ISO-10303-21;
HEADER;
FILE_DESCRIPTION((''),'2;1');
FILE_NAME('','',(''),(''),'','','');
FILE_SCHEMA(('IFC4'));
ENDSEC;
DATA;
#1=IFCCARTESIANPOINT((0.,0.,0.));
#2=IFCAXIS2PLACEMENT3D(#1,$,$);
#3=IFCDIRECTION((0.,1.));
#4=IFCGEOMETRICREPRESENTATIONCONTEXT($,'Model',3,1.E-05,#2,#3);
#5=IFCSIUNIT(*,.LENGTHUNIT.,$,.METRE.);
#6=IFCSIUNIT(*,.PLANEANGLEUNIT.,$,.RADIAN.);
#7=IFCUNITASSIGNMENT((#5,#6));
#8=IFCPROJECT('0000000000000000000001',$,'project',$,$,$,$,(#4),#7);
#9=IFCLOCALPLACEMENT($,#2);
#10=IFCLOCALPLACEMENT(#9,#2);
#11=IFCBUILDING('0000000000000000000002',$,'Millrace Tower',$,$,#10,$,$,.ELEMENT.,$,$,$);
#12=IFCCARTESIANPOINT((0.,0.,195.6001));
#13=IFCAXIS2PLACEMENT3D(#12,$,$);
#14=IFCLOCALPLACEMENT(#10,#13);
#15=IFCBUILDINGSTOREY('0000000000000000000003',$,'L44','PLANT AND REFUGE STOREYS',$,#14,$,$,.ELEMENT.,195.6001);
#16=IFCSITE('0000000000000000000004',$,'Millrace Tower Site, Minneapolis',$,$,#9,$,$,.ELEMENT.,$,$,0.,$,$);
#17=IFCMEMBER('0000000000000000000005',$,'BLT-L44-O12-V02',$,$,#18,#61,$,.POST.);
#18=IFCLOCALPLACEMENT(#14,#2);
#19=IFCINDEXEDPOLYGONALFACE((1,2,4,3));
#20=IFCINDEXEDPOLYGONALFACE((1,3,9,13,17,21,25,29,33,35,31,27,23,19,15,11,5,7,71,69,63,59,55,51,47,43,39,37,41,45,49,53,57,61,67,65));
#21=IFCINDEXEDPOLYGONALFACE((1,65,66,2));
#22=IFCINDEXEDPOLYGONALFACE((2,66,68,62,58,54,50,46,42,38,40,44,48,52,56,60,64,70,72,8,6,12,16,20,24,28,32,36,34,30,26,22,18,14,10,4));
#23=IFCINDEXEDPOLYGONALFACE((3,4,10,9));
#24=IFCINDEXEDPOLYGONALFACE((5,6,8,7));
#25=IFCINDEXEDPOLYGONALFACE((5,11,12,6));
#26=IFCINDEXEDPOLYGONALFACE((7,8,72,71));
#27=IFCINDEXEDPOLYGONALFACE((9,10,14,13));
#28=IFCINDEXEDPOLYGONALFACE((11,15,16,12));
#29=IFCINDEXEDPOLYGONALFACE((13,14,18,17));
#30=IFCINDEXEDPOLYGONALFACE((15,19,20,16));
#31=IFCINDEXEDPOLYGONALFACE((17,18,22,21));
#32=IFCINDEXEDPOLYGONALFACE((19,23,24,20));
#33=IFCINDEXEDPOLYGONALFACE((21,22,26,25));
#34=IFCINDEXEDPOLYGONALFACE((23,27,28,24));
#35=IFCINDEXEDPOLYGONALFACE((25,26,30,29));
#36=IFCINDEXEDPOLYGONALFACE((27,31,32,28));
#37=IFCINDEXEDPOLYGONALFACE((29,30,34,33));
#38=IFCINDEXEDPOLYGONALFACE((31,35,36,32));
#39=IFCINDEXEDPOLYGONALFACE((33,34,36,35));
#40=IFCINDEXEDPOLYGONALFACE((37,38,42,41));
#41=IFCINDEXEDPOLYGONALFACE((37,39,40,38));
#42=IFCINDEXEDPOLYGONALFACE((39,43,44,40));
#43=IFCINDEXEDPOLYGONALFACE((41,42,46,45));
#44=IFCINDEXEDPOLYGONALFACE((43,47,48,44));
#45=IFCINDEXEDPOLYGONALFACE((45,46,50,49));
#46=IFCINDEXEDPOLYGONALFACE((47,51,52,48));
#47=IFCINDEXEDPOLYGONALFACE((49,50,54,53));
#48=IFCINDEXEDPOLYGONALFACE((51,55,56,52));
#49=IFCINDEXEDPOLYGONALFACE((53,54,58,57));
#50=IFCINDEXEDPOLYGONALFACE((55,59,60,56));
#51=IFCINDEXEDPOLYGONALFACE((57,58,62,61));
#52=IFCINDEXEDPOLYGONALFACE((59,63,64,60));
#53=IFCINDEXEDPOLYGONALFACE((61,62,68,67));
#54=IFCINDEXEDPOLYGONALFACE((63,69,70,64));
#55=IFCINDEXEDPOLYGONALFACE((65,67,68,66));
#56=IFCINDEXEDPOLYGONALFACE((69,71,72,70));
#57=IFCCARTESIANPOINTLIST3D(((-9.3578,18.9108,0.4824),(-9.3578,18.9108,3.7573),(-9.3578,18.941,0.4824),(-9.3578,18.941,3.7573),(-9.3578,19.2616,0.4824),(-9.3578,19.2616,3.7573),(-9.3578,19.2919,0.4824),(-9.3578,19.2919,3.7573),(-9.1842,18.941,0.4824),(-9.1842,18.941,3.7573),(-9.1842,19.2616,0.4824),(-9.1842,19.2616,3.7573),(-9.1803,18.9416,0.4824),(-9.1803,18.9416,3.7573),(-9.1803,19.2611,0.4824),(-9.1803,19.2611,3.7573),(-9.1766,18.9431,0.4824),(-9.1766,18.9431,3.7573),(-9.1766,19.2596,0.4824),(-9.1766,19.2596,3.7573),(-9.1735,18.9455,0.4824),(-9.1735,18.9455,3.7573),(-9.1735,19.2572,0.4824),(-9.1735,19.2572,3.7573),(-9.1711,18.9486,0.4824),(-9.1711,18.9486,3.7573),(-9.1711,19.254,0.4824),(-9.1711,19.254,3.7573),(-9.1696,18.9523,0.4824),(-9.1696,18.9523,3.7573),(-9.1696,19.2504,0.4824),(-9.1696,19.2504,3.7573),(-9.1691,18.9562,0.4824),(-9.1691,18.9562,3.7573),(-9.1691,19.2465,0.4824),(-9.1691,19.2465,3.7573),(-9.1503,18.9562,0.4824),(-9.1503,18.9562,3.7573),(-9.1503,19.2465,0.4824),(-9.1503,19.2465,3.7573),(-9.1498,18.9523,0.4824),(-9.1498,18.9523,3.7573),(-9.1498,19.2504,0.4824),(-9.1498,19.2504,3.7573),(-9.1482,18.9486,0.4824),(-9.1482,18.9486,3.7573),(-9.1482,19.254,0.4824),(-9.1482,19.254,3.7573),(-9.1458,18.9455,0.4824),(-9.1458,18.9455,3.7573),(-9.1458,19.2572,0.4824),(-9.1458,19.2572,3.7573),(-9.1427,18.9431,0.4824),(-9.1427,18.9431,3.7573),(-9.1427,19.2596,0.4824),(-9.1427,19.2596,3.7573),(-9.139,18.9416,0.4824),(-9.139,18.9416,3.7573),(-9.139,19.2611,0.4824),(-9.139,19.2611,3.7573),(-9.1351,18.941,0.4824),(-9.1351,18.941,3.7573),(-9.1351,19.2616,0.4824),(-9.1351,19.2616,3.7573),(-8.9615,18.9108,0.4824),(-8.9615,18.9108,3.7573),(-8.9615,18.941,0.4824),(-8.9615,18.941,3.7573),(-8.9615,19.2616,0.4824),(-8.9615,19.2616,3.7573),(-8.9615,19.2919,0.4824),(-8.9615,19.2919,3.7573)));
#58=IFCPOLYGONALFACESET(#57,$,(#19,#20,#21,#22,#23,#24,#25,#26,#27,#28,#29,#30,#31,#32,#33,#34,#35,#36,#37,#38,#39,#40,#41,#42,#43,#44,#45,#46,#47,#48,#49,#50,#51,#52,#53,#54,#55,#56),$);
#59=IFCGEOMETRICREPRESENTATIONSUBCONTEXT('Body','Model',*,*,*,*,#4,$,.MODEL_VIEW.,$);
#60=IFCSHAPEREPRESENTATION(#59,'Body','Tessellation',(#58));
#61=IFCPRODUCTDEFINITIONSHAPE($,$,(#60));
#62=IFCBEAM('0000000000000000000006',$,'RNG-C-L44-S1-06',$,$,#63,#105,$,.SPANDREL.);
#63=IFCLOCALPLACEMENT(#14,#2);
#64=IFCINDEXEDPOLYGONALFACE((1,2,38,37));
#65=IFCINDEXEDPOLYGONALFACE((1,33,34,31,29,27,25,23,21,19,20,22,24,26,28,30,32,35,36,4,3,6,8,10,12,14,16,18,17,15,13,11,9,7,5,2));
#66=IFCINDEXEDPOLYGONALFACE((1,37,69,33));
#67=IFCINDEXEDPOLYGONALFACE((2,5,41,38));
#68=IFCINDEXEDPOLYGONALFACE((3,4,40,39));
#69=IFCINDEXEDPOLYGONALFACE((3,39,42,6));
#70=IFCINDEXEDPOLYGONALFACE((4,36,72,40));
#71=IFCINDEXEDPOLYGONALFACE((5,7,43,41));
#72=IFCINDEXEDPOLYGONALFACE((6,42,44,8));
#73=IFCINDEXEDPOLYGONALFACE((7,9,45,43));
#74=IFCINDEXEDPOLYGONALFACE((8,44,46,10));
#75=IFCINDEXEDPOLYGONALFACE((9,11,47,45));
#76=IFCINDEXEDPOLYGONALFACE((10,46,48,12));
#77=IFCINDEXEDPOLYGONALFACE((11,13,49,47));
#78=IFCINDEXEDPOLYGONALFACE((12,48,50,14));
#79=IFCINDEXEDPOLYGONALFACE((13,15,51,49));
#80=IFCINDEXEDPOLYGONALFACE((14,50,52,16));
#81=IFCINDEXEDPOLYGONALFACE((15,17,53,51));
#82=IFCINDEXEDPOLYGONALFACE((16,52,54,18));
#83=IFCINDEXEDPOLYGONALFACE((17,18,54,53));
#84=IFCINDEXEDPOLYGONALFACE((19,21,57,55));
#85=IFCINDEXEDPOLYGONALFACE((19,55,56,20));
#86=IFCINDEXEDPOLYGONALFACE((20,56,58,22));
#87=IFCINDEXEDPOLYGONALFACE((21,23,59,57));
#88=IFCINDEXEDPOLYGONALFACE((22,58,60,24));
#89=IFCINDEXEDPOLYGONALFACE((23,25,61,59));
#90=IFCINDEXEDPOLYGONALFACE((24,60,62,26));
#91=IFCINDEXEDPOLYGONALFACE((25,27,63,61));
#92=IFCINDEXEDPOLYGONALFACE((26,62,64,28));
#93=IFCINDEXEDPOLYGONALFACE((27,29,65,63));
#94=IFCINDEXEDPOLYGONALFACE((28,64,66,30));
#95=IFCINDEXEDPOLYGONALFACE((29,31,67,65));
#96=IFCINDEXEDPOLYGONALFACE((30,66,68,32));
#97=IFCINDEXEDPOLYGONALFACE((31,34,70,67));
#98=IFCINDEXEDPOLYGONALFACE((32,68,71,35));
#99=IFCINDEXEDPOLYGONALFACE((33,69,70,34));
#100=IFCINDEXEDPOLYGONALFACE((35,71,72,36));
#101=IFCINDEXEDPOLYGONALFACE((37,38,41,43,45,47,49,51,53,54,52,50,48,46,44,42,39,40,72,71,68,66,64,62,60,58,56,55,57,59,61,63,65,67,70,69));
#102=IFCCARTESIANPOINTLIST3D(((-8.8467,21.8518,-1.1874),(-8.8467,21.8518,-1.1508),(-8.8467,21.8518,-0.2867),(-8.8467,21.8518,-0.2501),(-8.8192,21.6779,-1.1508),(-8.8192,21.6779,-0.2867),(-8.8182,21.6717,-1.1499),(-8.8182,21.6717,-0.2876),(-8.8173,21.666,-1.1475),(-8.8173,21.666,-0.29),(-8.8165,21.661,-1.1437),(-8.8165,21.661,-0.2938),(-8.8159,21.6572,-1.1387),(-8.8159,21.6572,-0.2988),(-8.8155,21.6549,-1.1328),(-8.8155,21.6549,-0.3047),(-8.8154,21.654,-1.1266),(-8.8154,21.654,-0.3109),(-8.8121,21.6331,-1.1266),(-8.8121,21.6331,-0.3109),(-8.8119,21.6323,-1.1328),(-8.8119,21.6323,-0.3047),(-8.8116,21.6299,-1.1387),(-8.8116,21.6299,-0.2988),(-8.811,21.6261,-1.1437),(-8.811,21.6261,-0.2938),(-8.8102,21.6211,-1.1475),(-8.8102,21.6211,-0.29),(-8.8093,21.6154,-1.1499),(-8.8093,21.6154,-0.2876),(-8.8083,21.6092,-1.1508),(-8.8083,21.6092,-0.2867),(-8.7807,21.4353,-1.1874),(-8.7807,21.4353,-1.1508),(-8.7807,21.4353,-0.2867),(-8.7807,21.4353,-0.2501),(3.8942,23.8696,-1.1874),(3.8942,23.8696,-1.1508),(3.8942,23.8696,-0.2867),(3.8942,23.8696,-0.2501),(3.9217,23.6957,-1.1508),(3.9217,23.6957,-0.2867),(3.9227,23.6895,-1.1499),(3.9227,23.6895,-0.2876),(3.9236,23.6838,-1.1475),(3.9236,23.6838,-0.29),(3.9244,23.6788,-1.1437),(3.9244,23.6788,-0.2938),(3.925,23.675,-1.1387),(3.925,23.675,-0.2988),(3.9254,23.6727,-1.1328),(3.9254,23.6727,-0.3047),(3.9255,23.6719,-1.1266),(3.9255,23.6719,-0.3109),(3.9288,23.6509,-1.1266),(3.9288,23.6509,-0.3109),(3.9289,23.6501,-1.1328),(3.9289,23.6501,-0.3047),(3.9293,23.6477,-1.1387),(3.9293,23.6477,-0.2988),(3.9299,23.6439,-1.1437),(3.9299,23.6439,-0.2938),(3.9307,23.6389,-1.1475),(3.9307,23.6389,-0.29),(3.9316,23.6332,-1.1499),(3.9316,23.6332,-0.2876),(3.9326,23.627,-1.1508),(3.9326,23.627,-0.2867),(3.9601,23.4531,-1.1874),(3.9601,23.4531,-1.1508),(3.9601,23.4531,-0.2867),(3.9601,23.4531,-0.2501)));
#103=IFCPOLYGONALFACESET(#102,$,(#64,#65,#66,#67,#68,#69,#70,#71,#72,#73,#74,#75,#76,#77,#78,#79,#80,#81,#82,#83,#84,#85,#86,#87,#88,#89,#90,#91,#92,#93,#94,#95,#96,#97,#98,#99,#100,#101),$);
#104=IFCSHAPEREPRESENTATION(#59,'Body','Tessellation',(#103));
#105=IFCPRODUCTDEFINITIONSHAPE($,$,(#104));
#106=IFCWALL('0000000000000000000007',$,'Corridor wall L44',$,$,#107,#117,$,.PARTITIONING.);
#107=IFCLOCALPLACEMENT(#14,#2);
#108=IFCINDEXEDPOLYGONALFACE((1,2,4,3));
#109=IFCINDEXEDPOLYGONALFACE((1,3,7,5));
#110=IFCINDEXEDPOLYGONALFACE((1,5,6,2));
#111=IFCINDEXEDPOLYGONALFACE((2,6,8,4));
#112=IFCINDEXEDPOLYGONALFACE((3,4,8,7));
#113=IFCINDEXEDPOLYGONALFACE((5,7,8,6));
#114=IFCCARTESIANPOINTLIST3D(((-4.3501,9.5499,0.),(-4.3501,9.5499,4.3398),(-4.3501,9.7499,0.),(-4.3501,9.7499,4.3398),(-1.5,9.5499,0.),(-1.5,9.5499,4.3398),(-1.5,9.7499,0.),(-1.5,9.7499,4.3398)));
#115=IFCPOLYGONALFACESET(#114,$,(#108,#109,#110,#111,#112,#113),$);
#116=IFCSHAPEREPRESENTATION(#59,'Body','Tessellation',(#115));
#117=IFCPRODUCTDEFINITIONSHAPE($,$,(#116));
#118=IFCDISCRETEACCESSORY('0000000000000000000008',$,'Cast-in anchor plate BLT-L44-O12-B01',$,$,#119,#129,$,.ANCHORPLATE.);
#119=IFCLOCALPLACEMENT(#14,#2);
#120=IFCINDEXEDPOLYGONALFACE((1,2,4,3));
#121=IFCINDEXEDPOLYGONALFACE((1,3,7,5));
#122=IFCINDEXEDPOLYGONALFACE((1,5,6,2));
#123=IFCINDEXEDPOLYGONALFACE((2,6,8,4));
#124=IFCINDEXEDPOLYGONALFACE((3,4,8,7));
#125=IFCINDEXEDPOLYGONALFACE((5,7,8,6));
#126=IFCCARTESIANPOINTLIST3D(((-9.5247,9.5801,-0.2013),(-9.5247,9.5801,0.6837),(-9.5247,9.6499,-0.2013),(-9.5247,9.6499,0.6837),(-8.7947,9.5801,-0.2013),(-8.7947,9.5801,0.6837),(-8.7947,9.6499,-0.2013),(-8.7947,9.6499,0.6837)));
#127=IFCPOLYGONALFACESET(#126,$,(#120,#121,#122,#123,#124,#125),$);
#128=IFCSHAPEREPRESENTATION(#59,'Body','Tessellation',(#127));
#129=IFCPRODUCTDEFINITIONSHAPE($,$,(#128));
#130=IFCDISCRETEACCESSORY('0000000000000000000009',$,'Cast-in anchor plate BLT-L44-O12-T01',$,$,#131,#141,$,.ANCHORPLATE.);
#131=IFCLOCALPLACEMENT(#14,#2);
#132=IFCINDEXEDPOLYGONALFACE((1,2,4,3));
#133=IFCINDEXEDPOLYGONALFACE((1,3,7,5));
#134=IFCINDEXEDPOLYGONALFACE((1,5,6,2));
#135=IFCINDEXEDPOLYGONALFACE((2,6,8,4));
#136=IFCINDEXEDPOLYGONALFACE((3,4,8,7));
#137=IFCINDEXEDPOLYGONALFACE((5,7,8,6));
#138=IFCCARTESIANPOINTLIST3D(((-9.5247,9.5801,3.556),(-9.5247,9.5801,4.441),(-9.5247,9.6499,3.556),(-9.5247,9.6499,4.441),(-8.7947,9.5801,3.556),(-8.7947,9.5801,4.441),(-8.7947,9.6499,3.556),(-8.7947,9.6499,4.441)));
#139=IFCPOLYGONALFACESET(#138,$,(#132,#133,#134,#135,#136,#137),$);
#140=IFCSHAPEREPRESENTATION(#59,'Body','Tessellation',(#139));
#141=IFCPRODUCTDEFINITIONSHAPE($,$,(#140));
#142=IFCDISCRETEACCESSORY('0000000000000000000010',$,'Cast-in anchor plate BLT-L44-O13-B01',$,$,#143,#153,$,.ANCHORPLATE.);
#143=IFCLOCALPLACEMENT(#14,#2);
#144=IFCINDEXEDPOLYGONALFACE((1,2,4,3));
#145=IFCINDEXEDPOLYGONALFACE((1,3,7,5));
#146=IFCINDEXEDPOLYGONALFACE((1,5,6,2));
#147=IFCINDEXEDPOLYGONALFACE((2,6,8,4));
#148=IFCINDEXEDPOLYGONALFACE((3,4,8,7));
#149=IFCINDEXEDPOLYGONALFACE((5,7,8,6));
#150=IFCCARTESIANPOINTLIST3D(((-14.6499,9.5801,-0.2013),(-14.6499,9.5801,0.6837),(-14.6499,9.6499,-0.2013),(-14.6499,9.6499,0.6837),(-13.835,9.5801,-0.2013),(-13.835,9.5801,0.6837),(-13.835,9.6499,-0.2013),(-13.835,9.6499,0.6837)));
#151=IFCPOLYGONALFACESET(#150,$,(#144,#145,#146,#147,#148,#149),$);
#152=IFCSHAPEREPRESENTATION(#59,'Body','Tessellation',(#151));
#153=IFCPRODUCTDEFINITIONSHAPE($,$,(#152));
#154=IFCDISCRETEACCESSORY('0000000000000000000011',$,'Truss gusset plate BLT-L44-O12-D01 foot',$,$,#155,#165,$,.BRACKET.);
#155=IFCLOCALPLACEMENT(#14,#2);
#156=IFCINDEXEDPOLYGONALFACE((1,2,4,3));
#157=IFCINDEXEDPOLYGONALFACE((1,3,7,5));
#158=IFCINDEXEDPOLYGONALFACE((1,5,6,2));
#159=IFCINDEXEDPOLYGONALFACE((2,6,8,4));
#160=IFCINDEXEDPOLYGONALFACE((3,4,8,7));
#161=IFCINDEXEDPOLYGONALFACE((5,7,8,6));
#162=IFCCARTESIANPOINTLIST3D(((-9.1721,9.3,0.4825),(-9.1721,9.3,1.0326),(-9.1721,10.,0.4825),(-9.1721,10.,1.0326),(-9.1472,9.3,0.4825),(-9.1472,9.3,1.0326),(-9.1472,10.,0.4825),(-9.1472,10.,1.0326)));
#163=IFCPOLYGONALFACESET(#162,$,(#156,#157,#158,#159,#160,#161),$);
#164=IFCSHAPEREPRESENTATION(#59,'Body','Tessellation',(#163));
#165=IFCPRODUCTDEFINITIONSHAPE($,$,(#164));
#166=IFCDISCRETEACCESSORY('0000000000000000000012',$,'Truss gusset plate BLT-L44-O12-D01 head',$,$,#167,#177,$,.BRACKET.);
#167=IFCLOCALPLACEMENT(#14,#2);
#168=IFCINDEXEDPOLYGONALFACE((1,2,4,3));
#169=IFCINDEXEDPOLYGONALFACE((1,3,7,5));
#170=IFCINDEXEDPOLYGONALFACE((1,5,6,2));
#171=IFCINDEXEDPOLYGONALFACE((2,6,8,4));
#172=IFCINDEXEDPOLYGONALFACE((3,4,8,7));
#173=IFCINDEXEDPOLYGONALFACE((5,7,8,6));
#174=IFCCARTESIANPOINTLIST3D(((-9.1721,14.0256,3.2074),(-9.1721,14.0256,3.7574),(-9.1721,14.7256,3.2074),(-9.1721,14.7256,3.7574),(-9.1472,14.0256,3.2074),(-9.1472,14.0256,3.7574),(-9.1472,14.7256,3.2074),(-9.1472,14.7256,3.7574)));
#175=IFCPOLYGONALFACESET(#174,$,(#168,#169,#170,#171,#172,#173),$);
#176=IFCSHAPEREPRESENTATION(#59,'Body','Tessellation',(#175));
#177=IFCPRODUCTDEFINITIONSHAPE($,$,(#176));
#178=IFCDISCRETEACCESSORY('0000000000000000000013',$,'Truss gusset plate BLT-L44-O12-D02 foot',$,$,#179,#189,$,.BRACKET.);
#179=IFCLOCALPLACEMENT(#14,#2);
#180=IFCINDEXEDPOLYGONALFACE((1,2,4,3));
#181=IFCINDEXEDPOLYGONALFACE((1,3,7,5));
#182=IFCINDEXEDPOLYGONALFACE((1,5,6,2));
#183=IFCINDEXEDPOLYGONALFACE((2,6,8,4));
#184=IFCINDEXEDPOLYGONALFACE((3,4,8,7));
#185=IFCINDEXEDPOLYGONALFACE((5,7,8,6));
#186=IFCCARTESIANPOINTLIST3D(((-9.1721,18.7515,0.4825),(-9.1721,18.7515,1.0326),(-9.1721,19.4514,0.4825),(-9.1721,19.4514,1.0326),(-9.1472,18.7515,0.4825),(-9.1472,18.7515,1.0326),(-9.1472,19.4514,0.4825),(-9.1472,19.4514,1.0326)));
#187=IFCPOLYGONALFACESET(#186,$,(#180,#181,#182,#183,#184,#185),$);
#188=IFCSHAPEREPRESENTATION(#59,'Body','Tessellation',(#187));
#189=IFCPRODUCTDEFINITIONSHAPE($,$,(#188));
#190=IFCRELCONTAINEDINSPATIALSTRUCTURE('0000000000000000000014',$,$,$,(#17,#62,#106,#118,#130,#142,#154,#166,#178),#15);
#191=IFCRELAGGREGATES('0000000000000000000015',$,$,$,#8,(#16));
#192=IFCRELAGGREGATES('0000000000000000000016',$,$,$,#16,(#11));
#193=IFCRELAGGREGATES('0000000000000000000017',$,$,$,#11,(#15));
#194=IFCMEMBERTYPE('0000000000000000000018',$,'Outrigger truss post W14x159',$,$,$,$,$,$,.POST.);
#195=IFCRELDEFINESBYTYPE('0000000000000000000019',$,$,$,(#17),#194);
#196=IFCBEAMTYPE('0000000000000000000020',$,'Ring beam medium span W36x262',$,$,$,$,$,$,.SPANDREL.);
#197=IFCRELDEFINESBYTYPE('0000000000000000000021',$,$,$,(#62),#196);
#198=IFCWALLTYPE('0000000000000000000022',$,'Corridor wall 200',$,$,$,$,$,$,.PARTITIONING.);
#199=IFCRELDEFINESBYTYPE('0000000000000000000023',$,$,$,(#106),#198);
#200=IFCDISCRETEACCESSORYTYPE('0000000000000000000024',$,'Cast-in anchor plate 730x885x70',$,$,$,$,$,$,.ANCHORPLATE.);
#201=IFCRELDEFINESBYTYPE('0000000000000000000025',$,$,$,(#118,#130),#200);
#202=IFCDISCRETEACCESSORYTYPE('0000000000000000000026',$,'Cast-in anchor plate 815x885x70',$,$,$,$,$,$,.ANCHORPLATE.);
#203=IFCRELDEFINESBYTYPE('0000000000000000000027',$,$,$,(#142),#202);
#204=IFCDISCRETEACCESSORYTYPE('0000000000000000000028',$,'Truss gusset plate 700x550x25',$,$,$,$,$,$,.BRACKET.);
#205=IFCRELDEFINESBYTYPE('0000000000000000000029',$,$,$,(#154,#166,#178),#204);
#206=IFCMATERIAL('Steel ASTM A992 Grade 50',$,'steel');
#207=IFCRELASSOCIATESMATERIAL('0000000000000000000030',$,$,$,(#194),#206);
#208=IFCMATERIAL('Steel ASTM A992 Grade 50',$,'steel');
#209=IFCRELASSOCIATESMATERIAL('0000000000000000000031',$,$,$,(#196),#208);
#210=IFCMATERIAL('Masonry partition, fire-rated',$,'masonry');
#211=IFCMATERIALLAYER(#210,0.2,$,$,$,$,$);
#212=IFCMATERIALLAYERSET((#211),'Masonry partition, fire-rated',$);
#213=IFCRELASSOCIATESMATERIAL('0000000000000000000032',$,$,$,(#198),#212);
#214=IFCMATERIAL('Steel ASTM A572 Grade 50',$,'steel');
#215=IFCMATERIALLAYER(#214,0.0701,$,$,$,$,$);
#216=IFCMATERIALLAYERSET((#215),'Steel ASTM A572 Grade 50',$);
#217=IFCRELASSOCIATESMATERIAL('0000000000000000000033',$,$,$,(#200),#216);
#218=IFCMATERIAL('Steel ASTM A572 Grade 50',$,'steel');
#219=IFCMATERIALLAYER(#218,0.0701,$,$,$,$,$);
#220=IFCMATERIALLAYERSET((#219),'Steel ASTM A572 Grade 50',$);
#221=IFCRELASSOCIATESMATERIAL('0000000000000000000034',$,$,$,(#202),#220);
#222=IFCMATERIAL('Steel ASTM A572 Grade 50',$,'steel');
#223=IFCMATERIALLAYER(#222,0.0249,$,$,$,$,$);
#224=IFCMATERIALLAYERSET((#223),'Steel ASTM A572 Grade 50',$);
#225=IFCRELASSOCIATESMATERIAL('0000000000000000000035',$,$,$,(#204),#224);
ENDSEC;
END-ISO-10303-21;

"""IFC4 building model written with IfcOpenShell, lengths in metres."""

from ifc_helpers import new_model, si_unit, direction, frame, frame_2d, origin, origin_2d, place, context, subcontext, project, spatial, rectangle, i_section, extrude, material, layer, layer_set, material_profile, profile_set, type_object, element, save


model = new_model("IFC4")

# Units and contexts
model_context = context("Model", 3, precision=1e-05, world=origin(), true_north=direction((0.0, 1.0)))
body_context = subcontext(model_context, "Body", "Model", "MODEL_VIEW")
ifc_project = project(units=[si_unit("LENGTHUNIT", "METRE"), si_unit("PLANEANGLEUNIT", "RADIAN")], contexts=[model_context])

# Site, building, storey
site_placement = place(None, origin())
site = spatial("IfcSite", under=ifc_project, at=site_placement, Name="Millrace Tower Site, Minneapolis", CompositionType="ELEMENT", RefElevation=0.0)
building_placement = place(site_placement, origin())
building = spatial("IfcBuilding", under=site, at=building_placement, Name="Millrace Tower", CompositionType="ELEMENT")
storey_placement = place(building_placement, frame((0.0, 0.0, 195.6001)))
storey = spatial("IfcBuildingStorey", under=building, at=storey_placement, Name="L44", Description="PLANT AND REFUGE STOREYS", CompositionType="ELEMENT", Elevation=195.6001)

# Member
ifc_material_1 = material(Name="Steel ASTM A992 Grade 50", Category="steel")
ifc_material_profile_1 = material_profile(ifc_material_1, i_section(OverallWidth=0.3962, OverallDepth=0.3811, WebThickness=0.0188, FlangeThickness=0.0303, FilletRadius=0.0151, at=origin_2d()))
ifc_profile_set_1 = profile_set([ifc_material_profile_1], Name="Steel ASTM A992 Grade 50")
member_type_1 = type_object("IfcMemberType", Name="Outrigger truss post W14x159", PredefinedType="POST", material=ifc_profile_set_1)
for number, where, z_axis, x_axis, name in (
    (1, (-9.1597, 19.1013, 0.4824), (0.0, 0.0, 1.0), (1.0, 0.0, 0.0), "BLT-L44-O12-V02"),
):
    element("IfcMember", number, at=place(storey_placement, frame(where, z_axis=z_axis, x_axis=x_axis)), inside=storey, type_object=member_type_1, Name=name, PredefinedType="POST", context=body_context, shape_type="SweptSolid", body=[
        extrude(i_section(OverallWidth=0.3962, OverallDepth=0.3811, WebThickness=0.0188, FlangeThickness=0.0303, FilletRadius=0.0151, at=origin_2d()), origin(), (0.0, 0.0, 1.0), 3.2749),
    ])

# Beam
ifc_material_2 = material(Name="Steel ASTM A992 Grade 50", Category="steel")
ifc_material_profile_2 = material_profile(ifc_material_2, i_section(OverallWidth=0.4216, OverallDepth=0.9373, WebThickness=0.0212, FlangeThickness=0.0366, FilletRadius=0.0242, at=origin_2d()))
ifc_profile_set_2 = profile_set([ifc_material_profile_2], Name="Steel ASTM A992 Grade 50")
beam_type_1 = type_object("IfcBeamType", Name="Ring beam medium span W36x262", PredefinedType="SPANDREL", material=ifc_profile_set_2)
beam_1_placement = place(storey_placement, frame((-8.8137, 21.6436, -0.7188), z_axis=(0.98769, 0.156423, 0.0), x_axis=(-0.156423, 0.98769, 0.0)))
element("IfcBeam", 2, at=beam_1_placement, inside=storey, type_object=beam_type_1, Name="RNG-C-L44-S1-06", PredefinedType="SPANDREL", context=body_context, shape_type="SweptSolid", body=[
    extrude(i_section(OverallWidth=0.4216, OverallDepth=0.9373, WebThickness=0.0212, FlangeThickness=0.0366, FilletRadius=0.0242, at=origin_2d()), origin(), (0.0, 0.0, 1.0), 12.8997),
])

# Wall
ifc_material_3 = material(Name="Masonry partition, fire-rated", Category="masonry")
ifc_layer_1 = layer(ifc_material_3, 0.2)
ifc_layer_set_1 = layer_set([ifc_layer_1], Name="Masonry partition, fire-rated")
wall_type = type_object("IfcWallType", Name="Corridor wall 200", PredefinedType="PARTITIONING", material=ifc_layer_set_1)
wall_placement = place(storey_placement, frame((-4.3501, 9.6499, 0.0), z_axis=(0.0, 0.0, 1.0), x_axis=(1.0, 0.0, 0.0)))
element("IfcWall", 3, at=wall_placement, inside=storey, type_object=wall_type, Name="Corridor wall L44", PredefinedType="PARTITIONING", context=body_context, shape_type="SweptSolid", body=[
    extrude(rectangle(XDim=2.8501, YDim=0.2, at=frame_2d((1.425, 0.0))), origin(), (0.0, 0.0, 1.0), 4.3398),
])

# Discrete accessories
ifc_material_4 = material(Name="Steel ASTM A572 Grade 50", Category="steel")
ifc_layer_2 = layer(ifc_material_4, 0.0701)
ifc_layer_set_2 = layer_set([ifc_layer_2], Name="Steel ASTM A572 Grade 50")
discrete_accessory_type_1 = type_object("IfcDiscreteAccessoryType", Name="Cast-in anchor plate 730x885x70", PredefinedType="ANCHORPLATE", material=ifc_layer_set_2)
for number, where, z_axis, x_axis, name in (
    (4, (-9.1597, 9.5801, 0.2412), (0.0, 1.0, 0.0), (-1.0, 0.0, 0.0), "Cast-in anchor plate BLT-L44-O12-B01"),
    (5, (-9.1597, 9.5801, 3.9985), (0.0, 1.0, 0.0), (-1.0, 0.0, 0.0), "Cast-in anchor plate BLT-L44-O12-T01"),
):
    element("IfcDiscreteAccessory", number, at=place(storey_placement, frame(where, z_axis=z_axis, x_axis=x_axis)), inside=storey, type_object=discrete_accessory_type_1, Name=name, PredefinedType="ANCHORPLATE", context=body_context, shape_type="SweptSolid", body=[
        extrude(rectangle(XDim=0.73, YDim=0.885, at=origin_2d()), origin(), (0.0, 0.0, 1.0), 0.0698),
    ])
ifc_material_5 = material(Name="Steel ASTM A572 Grade 50", Category="steel")
ifc_layer_3 = layer(ifc_material_5, 0.0701)
ifc_layer_set_3 = layer_set([ifc_layer_3], Name="Steel ASTM A572 Grade 50")
discrete_accessory_type_2 = type_object("IfcDiscreteAccessoryType", Name="Cast-in anchor plate 815x885x70", PredefinedType="ANCHORPLATE", material=ifc_layer_set_3)
discrete_accessory_placement = place(storey_placement, frame((-14.2424, 9.5801, 0.2412), z_axis=(0.0, 1.0, 0.0), x_axis=(-1.0, 0.0, 0.0)))
element("IfcDiscreteAccessory", 6, at=discrete_accessory_placement, inside=storey, type_object=discrete_accessory_type_2, Name="Cast-in anchor plate BLT-L44-O13-B01", PredefinedType="ANCHORPLATE", context=body_context, shape_type="SweptSolid", body=[
    extrude(rectangle(XDim=0.8149, YDim=0.885, at=origin_2d()), origin(), (0.0, 0.0, 1.0), 0.0698),
])
ifc_material_6 = material(Name="Steel ASTM A572 Grade 50", Category="steel")
ifc_layer_4 = layer(ifc_material_6, 0.0249)
ifc_layer_set_4 = layer_set([ifc_layer_4], Name="Steel ASTM A572 Grade 50")
discrete_accessory_type_3 = type_object("IfcDiscreteAccessoryType", Name="Truss gusset plate 700x550x25", PredefinedType="BRACKET", material=ifc_layer_set_4)
for number, where, z_axis, x_axis, name in (
    (7, (-9.1597, 9.3, 0.7576), (0.0, 1.0, 0.0), (-1.0, 0.0, 0.0), "Truss gusset plate BLT-L44-O12-D01 foot"),
    (8, (-9.1597, 14.0256, 3.4824), (0.0, 1.0, 0.0), (-1.0, 0.0, 0.0), "Truss gusset plate BLT-L44-O12-D01 head"),
    (9, (-9.1597, 18.7515, 0.7576), (0.0, 1.0, 0.0), (-1.0, 0.0, 0.0), "Truss gusset plate BLT-L44-O12-D02 foot"),
):
    element("IfcDiscreteAccessory", number, at=place(storey_placement, frame(where, z_axis=z_axis, x_axis=x_axis)), inside=storey, type_object=discrete_accessory_type_3, Name=name, PredefinedType="BRACKET", context=body_context, shape_type="SweptSolid", body=[
        extrude(rectangle(XDim=0.0249, YDim=0.55, at=origin_2d()), origin(), (0.0, 0.0, 1.0), 0.7),
    ])

save(model, "model.ifc")
